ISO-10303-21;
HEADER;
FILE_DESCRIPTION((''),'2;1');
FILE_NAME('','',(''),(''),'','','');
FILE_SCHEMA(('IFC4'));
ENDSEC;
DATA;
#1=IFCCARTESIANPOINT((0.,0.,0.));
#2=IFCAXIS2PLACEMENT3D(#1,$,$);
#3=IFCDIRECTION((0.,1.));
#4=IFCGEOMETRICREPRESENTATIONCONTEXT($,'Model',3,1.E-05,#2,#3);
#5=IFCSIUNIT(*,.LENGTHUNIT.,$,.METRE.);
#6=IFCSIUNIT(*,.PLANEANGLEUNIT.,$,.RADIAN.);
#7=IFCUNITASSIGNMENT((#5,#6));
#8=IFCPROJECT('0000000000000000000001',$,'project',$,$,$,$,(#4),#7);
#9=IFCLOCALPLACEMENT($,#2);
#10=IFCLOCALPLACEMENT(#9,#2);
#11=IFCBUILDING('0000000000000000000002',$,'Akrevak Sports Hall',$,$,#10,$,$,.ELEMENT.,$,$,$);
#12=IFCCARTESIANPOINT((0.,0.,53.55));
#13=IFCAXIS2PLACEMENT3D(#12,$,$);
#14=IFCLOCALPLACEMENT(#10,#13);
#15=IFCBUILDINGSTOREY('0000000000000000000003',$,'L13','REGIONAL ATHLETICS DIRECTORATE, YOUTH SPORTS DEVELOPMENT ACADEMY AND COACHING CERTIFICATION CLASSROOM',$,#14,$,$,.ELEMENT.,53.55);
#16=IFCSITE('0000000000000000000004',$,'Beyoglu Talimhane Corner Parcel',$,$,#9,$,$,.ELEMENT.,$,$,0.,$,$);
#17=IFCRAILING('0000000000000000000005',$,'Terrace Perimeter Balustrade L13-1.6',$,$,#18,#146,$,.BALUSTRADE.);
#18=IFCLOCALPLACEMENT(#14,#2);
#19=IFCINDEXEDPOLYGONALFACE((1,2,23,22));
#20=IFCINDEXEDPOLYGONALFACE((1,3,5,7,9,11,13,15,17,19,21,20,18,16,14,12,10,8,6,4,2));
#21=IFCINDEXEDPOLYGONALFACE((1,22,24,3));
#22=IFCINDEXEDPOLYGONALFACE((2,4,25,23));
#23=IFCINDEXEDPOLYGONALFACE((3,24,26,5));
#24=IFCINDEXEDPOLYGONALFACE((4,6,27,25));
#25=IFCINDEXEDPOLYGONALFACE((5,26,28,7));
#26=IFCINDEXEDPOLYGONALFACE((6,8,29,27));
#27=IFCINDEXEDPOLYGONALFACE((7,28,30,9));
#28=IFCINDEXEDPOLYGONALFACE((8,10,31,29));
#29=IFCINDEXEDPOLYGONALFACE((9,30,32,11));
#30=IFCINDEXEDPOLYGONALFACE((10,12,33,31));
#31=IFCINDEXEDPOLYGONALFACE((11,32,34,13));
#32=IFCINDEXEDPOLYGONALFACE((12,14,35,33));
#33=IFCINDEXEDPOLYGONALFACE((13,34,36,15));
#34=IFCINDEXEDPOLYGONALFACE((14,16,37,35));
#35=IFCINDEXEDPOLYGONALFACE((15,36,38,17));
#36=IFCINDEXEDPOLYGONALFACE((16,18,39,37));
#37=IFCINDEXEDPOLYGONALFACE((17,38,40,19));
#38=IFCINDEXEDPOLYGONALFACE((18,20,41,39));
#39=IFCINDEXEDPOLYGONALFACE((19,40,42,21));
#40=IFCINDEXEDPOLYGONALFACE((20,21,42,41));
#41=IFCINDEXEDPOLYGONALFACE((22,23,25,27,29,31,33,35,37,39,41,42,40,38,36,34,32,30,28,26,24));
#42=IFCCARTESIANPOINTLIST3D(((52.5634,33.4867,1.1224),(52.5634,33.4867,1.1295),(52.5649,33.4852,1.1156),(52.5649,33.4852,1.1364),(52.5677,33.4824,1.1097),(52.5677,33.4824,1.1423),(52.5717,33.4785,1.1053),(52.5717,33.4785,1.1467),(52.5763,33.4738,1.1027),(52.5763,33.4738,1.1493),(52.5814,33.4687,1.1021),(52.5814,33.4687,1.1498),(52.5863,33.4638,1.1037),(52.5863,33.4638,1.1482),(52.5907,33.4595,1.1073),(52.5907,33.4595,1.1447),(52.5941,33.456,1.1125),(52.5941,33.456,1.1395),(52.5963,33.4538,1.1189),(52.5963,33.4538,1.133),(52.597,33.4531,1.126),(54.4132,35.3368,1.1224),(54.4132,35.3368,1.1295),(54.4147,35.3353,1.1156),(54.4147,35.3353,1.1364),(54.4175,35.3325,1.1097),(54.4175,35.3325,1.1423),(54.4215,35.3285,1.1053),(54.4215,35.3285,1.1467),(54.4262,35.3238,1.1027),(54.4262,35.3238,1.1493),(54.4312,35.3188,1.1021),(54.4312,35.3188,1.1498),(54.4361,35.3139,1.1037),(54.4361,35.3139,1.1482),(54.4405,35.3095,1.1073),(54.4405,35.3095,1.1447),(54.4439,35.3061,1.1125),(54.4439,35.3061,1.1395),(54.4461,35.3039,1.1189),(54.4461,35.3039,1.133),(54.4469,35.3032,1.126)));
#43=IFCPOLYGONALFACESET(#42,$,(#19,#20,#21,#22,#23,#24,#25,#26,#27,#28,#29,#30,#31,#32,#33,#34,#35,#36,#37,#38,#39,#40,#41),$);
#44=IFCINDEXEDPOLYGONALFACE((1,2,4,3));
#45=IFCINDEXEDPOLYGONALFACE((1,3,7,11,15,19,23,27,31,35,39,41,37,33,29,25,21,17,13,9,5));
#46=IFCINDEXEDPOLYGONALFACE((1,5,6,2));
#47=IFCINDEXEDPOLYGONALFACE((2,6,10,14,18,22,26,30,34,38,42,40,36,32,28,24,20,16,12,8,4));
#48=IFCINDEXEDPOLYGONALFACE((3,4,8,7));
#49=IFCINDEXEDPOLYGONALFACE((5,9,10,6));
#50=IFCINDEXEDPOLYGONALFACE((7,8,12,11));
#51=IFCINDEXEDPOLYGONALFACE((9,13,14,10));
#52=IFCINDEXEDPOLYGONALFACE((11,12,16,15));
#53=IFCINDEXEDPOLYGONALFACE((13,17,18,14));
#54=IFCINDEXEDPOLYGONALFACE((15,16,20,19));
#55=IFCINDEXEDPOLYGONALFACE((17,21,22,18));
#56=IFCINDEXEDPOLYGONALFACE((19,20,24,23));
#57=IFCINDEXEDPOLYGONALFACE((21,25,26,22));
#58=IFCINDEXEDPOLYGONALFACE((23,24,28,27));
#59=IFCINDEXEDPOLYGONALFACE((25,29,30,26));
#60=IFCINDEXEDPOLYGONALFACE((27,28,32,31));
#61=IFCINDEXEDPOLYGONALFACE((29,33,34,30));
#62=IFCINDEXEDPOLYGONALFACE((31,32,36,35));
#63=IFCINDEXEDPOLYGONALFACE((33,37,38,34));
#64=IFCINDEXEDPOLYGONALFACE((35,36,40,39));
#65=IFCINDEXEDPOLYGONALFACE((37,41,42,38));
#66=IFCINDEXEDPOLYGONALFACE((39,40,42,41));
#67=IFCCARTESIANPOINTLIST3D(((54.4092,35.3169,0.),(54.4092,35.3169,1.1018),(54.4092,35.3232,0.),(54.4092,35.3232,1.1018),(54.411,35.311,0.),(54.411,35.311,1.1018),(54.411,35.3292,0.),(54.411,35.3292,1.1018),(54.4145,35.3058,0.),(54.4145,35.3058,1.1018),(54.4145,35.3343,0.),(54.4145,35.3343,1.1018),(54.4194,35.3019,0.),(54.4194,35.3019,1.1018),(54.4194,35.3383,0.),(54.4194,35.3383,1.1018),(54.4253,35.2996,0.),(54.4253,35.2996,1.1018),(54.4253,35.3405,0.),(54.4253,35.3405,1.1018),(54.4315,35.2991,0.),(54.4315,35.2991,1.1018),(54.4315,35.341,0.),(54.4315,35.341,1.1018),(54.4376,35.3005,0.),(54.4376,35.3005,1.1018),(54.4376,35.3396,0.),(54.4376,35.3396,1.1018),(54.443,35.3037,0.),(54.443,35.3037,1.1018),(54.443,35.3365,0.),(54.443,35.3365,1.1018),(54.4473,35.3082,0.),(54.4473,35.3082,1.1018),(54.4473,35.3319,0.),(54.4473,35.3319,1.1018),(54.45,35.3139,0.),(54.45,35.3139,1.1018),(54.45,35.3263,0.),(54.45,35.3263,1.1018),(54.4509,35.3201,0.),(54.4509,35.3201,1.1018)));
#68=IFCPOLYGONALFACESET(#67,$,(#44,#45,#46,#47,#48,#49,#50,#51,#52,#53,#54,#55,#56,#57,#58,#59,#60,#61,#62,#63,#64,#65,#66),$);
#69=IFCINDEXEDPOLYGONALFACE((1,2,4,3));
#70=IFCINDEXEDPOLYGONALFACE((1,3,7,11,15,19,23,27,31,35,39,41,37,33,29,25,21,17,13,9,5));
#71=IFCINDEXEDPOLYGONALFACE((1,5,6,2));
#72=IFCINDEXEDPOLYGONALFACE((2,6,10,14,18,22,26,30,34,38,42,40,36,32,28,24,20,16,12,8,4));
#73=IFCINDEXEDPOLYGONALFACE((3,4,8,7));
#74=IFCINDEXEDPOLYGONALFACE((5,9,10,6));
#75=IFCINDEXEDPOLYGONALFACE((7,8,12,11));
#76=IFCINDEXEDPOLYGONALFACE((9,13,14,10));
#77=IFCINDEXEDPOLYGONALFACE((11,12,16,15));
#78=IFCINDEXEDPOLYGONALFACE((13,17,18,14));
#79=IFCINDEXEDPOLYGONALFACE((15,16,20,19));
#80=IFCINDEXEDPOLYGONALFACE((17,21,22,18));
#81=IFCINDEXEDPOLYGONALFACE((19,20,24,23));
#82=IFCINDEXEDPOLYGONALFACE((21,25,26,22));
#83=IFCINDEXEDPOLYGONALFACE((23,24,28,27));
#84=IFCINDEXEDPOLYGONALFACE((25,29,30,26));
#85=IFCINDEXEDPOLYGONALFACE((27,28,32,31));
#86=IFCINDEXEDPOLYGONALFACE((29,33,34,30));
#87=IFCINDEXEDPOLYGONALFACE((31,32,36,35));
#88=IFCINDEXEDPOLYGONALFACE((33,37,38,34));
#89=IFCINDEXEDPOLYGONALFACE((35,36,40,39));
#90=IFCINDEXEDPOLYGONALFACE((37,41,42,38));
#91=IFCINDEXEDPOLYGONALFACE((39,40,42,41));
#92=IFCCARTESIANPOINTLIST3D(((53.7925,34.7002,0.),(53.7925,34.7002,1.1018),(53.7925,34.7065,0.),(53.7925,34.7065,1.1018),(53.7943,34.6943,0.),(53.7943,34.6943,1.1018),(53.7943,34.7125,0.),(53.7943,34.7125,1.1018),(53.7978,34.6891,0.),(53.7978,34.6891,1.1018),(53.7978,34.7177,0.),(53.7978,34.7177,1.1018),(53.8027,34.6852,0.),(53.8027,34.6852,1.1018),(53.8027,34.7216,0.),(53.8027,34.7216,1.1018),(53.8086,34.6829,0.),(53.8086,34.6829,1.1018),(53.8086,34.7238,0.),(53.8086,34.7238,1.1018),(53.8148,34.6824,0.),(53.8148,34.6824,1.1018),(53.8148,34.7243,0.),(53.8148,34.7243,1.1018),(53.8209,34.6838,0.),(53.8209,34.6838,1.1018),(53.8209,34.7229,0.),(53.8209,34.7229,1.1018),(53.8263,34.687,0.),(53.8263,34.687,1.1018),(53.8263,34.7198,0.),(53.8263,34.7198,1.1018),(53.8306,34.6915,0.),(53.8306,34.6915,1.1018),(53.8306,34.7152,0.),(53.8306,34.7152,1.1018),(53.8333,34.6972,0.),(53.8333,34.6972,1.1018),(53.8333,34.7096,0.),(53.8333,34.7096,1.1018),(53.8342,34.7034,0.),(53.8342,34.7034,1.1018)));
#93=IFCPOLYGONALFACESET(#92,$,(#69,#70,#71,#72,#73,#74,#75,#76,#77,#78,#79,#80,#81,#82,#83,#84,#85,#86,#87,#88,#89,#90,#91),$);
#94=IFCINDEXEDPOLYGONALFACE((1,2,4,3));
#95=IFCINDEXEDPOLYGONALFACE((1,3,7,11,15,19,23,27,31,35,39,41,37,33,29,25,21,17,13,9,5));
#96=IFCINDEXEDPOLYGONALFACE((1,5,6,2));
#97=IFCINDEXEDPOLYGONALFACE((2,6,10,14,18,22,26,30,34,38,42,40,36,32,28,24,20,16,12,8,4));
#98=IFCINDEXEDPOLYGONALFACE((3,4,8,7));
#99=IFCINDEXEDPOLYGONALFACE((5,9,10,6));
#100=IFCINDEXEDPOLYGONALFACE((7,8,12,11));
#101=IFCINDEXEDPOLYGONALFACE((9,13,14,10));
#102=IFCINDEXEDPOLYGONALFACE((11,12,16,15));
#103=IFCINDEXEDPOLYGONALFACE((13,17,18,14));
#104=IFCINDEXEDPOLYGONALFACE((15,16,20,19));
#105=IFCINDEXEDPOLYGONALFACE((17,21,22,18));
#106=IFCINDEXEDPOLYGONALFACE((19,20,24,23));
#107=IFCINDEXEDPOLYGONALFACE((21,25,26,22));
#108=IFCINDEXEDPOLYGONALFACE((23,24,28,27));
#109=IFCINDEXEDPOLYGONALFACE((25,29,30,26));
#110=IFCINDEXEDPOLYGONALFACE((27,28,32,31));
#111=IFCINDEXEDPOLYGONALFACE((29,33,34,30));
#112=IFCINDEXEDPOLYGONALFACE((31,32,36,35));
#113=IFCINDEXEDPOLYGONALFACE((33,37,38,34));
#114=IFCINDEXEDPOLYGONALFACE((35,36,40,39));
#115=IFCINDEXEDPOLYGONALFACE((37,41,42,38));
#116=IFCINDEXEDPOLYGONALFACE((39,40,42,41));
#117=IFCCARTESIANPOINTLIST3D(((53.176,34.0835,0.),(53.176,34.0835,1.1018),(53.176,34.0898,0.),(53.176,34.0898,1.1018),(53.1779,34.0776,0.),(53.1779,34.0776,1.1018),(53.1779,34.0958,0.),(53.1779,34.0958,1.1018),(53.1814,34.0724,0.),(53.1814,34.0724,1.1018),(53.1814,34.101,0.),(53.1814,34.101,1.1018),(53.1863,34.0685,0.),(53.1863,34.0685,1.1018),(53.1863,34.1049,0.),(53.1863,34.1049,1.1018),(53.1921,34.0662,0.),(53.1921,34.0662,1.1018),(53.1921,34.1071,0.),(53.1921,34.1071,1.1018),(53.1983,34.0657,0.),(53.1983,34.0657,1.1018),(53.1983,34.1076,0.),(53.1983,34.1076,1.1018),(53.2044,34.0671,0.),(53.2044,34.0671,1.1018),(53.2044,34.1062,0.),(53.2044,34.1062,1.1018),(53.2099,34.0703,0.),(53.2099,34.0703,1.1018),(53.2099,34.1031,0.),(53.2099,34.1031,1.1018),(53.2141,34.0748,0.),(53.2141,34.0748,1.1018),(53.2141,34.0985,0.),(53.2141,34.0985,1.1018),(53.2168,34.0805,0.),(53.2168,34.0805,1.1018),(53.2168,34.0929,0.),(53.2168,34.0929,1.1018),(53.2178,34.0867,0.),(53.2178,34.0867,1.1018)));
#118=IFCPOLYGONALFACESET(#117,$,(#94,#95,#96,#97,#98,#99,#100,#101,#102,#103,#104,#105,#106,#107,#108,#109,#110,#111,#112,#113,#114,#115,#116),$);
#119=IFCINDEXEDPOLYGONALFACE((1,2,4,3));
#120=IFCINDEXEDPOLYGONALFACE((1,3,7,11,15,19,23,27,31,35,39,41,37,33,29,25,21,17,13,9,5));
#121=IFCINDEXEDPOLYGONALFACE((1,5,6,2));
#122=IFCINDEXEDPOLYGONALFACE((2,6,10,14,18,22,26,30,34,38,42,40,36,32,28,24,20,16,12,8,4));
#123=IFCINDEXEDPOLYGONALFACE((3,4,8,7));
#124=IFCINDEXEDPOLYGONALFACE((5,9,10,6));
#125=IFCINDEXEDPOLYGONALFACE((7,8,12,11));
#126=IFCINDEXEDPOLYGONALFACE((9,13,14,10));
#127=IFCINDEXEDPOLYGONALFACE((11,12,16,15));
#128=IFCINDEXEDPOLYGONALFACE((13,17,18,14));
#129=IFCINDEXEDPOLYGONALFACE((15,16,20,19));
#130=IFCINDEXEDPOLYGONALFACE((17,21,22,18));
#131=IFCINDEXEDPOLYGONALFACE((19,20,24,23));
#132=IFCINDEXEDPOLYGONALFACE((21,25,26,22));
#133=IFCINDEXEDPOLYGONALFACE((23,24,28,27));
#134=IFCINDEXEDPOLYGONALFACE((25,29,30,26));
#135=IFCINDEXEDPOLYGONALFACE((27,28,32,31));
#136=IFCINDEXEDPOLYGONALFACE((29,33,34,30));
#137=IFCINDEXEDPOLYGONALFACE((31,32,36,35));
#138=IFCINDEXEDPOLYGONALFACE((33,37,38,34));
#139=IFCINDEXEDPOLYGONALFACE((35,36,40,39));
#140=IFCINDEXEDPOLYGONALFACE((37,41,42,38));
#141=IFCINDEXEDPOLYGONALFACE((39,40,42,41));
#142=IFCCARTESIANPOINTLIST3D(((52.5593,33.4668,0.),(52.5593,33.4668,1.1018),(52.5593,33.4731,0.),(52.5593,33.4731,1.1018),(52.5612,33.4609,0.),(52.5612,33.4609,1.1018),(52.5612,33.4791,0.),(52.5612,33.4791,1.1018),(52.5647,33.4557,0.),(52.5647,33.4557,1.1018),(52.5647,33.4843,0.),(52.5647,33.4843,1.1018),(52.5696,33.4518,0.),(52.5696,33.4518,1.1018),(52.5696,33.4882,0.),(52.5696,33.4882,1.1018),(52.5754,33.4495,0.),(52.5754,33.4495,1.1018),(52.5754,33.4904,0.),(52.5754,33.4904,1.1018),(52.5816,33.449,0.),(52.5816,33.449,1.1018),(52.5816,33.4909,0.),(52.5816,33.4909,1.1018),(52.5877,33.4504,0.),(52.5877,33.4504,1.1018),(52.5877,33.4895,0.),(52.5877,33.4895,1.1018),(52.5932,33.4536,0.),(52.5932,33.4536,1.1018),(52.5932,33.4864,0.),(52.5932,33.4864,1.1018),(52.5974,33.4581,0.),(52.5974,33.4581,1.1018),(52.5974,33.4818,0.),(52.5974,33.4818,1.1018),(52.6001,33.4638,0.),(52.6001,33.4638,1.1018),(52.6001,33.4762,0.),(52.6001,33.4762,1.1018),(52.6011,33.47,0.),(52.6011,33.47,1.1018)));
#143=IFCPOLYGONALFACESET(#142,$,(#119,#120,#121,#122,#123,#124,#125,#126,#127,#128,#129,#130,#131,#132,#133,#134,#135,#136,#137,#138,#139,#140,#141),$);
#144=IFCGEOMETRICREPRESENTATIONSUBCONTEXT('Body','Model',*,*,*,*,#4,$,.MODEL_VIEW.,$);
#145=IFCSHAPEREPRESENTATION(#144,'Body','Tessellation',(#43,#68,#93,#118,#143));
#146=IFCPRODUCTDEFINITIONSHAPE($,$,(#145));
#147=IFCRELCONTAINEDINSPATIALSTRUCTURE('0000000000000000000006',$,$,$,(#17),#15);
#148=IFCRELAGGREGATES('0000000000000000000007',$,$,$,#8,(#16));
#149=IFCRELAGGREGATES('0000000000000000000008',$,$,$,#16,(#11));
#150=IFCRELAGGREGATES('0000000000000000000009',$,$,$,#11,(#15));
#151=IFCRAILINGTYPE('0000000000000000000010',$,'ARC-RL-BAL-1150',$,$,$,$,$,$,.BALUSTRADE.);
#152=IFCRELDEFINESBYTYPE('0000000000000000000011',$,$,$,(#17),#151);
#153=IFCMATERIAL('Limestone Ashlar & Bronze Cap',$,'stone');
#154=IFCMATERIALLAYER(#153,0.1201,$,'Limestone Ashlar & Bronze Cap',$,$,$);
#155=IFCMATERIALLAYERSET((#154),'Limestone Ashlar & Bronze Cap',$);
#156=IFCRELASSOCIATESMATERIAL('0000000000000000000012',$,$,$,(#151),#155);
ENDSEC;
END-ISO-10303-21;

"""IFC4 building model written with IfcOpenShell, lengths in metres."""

from ifc_helpers import new_model, si_unit, direction, frame, origin, origin_2d, place, context, subcontext, project, spatial, circle, extrude, material, layer, layer_set, type_object, element, save


model = new_model("IFC4")

# Units and contexts
model_context = context("Model", 3, precision=1e-05, world=origin(), true_north=direction((0.0, 1.0)))
body_context = subcontext(model_context, "Body", "Model", "MODEL_VIEW")
ifc_project = project(units=[si_unit("LENGTHUNIT", "METRE"), si_unit("PLANEANGLEUNIT", "RADIAN")], contexts=[model_context])

# Site, building, storey
site_placement = place(None, origin())
site = spatial("IfcSite", under=ifc_project, at=site_placement, Name="Beyoglu Talimhane Corner Parcel", CompositionType="ELEMENT", RefElevation=0.0)
building_placement = place(site_placement, origin())
building = spatial("IfcBuilding", under=site, at=building_placement, Name="Akrevak Sports Hall", CompositionType="ELEMENT")
storey_placement = place(building_placement, frame((0.0, 0.0, 53.55)))
storey = spatial("IfcBuildingStorey", under=building, at=storey_placement, Name="L13", Description="REGIONAL ATHLETICS DIRECTORATE, YOUTH SPORTS DEVELOPMENT ACADEMY AND COACHING CERTIFICATION CLASSROOM", CompositionType="ELEMENT", Elevation=53.55)

# Railing
ifc_material_1 = material(Name="Limestone Ashlar & Bronze Cap", Category="stone")
ifc_layer_1 = layer(ifc_material_1, 0.1201, Name="Limestone Ashlar & Bronze Cap")
ifc_layer_set_1 = layer_set([ifc_layer_1], Name="Limestone Ashlar & Bronze Cap")
railing_type = type_object("IfcRailingType", Name="ARC-RL-BAL-1150", PredefinedType="BALUSTRADE", material=ifc_layer_set_1)
railing_1_placement = place(storey_placement, frame((54.4299, 35.3201, 0.0)))
element("IfcRailing", 1, at=railing_1_placement, inside=storey, type_object=railing_type, Name="Terrace Perimeter Balustrade L13-1.6", PredefinedType="BALUSTRADE", context=body_context, shape_type="SweptSolid", body=[
    extrude(circle(Radius=0.0239, at=origin_2d()), frame((0.0, 0.0, 1.126), z_axis=(-0.70706, -0.707153, 0.0), x_axis=(0.707153, -0.70706, 0.0)), (0.0, 0.0, 1.0), 2.6162),
    extrude(circle(Radius=0.021, at=origin_2d()), origin(), (0.0, 0.0, 1.0), 1.1018),
    extrude(circle(Radius=0.021, at=origin_2d()), frame((-0.6167, -0.6167, 0.0)), (0.0, 0.0, 1.0), 1.1018),
    extrude(circle(Radius=0.021, at=origin_2d()), frame((-1.2332, -1.2334, 0.0)), (0.0, 0.0, 1.0), 1.1018),
    extrude(circle(Radius=0.021, at=origin_2d()), frame((-1.8499, -1.8501, 0.0)), (0.0, 0.0, 1.0), 1.1018),
])

save(model, "model.ifc")
